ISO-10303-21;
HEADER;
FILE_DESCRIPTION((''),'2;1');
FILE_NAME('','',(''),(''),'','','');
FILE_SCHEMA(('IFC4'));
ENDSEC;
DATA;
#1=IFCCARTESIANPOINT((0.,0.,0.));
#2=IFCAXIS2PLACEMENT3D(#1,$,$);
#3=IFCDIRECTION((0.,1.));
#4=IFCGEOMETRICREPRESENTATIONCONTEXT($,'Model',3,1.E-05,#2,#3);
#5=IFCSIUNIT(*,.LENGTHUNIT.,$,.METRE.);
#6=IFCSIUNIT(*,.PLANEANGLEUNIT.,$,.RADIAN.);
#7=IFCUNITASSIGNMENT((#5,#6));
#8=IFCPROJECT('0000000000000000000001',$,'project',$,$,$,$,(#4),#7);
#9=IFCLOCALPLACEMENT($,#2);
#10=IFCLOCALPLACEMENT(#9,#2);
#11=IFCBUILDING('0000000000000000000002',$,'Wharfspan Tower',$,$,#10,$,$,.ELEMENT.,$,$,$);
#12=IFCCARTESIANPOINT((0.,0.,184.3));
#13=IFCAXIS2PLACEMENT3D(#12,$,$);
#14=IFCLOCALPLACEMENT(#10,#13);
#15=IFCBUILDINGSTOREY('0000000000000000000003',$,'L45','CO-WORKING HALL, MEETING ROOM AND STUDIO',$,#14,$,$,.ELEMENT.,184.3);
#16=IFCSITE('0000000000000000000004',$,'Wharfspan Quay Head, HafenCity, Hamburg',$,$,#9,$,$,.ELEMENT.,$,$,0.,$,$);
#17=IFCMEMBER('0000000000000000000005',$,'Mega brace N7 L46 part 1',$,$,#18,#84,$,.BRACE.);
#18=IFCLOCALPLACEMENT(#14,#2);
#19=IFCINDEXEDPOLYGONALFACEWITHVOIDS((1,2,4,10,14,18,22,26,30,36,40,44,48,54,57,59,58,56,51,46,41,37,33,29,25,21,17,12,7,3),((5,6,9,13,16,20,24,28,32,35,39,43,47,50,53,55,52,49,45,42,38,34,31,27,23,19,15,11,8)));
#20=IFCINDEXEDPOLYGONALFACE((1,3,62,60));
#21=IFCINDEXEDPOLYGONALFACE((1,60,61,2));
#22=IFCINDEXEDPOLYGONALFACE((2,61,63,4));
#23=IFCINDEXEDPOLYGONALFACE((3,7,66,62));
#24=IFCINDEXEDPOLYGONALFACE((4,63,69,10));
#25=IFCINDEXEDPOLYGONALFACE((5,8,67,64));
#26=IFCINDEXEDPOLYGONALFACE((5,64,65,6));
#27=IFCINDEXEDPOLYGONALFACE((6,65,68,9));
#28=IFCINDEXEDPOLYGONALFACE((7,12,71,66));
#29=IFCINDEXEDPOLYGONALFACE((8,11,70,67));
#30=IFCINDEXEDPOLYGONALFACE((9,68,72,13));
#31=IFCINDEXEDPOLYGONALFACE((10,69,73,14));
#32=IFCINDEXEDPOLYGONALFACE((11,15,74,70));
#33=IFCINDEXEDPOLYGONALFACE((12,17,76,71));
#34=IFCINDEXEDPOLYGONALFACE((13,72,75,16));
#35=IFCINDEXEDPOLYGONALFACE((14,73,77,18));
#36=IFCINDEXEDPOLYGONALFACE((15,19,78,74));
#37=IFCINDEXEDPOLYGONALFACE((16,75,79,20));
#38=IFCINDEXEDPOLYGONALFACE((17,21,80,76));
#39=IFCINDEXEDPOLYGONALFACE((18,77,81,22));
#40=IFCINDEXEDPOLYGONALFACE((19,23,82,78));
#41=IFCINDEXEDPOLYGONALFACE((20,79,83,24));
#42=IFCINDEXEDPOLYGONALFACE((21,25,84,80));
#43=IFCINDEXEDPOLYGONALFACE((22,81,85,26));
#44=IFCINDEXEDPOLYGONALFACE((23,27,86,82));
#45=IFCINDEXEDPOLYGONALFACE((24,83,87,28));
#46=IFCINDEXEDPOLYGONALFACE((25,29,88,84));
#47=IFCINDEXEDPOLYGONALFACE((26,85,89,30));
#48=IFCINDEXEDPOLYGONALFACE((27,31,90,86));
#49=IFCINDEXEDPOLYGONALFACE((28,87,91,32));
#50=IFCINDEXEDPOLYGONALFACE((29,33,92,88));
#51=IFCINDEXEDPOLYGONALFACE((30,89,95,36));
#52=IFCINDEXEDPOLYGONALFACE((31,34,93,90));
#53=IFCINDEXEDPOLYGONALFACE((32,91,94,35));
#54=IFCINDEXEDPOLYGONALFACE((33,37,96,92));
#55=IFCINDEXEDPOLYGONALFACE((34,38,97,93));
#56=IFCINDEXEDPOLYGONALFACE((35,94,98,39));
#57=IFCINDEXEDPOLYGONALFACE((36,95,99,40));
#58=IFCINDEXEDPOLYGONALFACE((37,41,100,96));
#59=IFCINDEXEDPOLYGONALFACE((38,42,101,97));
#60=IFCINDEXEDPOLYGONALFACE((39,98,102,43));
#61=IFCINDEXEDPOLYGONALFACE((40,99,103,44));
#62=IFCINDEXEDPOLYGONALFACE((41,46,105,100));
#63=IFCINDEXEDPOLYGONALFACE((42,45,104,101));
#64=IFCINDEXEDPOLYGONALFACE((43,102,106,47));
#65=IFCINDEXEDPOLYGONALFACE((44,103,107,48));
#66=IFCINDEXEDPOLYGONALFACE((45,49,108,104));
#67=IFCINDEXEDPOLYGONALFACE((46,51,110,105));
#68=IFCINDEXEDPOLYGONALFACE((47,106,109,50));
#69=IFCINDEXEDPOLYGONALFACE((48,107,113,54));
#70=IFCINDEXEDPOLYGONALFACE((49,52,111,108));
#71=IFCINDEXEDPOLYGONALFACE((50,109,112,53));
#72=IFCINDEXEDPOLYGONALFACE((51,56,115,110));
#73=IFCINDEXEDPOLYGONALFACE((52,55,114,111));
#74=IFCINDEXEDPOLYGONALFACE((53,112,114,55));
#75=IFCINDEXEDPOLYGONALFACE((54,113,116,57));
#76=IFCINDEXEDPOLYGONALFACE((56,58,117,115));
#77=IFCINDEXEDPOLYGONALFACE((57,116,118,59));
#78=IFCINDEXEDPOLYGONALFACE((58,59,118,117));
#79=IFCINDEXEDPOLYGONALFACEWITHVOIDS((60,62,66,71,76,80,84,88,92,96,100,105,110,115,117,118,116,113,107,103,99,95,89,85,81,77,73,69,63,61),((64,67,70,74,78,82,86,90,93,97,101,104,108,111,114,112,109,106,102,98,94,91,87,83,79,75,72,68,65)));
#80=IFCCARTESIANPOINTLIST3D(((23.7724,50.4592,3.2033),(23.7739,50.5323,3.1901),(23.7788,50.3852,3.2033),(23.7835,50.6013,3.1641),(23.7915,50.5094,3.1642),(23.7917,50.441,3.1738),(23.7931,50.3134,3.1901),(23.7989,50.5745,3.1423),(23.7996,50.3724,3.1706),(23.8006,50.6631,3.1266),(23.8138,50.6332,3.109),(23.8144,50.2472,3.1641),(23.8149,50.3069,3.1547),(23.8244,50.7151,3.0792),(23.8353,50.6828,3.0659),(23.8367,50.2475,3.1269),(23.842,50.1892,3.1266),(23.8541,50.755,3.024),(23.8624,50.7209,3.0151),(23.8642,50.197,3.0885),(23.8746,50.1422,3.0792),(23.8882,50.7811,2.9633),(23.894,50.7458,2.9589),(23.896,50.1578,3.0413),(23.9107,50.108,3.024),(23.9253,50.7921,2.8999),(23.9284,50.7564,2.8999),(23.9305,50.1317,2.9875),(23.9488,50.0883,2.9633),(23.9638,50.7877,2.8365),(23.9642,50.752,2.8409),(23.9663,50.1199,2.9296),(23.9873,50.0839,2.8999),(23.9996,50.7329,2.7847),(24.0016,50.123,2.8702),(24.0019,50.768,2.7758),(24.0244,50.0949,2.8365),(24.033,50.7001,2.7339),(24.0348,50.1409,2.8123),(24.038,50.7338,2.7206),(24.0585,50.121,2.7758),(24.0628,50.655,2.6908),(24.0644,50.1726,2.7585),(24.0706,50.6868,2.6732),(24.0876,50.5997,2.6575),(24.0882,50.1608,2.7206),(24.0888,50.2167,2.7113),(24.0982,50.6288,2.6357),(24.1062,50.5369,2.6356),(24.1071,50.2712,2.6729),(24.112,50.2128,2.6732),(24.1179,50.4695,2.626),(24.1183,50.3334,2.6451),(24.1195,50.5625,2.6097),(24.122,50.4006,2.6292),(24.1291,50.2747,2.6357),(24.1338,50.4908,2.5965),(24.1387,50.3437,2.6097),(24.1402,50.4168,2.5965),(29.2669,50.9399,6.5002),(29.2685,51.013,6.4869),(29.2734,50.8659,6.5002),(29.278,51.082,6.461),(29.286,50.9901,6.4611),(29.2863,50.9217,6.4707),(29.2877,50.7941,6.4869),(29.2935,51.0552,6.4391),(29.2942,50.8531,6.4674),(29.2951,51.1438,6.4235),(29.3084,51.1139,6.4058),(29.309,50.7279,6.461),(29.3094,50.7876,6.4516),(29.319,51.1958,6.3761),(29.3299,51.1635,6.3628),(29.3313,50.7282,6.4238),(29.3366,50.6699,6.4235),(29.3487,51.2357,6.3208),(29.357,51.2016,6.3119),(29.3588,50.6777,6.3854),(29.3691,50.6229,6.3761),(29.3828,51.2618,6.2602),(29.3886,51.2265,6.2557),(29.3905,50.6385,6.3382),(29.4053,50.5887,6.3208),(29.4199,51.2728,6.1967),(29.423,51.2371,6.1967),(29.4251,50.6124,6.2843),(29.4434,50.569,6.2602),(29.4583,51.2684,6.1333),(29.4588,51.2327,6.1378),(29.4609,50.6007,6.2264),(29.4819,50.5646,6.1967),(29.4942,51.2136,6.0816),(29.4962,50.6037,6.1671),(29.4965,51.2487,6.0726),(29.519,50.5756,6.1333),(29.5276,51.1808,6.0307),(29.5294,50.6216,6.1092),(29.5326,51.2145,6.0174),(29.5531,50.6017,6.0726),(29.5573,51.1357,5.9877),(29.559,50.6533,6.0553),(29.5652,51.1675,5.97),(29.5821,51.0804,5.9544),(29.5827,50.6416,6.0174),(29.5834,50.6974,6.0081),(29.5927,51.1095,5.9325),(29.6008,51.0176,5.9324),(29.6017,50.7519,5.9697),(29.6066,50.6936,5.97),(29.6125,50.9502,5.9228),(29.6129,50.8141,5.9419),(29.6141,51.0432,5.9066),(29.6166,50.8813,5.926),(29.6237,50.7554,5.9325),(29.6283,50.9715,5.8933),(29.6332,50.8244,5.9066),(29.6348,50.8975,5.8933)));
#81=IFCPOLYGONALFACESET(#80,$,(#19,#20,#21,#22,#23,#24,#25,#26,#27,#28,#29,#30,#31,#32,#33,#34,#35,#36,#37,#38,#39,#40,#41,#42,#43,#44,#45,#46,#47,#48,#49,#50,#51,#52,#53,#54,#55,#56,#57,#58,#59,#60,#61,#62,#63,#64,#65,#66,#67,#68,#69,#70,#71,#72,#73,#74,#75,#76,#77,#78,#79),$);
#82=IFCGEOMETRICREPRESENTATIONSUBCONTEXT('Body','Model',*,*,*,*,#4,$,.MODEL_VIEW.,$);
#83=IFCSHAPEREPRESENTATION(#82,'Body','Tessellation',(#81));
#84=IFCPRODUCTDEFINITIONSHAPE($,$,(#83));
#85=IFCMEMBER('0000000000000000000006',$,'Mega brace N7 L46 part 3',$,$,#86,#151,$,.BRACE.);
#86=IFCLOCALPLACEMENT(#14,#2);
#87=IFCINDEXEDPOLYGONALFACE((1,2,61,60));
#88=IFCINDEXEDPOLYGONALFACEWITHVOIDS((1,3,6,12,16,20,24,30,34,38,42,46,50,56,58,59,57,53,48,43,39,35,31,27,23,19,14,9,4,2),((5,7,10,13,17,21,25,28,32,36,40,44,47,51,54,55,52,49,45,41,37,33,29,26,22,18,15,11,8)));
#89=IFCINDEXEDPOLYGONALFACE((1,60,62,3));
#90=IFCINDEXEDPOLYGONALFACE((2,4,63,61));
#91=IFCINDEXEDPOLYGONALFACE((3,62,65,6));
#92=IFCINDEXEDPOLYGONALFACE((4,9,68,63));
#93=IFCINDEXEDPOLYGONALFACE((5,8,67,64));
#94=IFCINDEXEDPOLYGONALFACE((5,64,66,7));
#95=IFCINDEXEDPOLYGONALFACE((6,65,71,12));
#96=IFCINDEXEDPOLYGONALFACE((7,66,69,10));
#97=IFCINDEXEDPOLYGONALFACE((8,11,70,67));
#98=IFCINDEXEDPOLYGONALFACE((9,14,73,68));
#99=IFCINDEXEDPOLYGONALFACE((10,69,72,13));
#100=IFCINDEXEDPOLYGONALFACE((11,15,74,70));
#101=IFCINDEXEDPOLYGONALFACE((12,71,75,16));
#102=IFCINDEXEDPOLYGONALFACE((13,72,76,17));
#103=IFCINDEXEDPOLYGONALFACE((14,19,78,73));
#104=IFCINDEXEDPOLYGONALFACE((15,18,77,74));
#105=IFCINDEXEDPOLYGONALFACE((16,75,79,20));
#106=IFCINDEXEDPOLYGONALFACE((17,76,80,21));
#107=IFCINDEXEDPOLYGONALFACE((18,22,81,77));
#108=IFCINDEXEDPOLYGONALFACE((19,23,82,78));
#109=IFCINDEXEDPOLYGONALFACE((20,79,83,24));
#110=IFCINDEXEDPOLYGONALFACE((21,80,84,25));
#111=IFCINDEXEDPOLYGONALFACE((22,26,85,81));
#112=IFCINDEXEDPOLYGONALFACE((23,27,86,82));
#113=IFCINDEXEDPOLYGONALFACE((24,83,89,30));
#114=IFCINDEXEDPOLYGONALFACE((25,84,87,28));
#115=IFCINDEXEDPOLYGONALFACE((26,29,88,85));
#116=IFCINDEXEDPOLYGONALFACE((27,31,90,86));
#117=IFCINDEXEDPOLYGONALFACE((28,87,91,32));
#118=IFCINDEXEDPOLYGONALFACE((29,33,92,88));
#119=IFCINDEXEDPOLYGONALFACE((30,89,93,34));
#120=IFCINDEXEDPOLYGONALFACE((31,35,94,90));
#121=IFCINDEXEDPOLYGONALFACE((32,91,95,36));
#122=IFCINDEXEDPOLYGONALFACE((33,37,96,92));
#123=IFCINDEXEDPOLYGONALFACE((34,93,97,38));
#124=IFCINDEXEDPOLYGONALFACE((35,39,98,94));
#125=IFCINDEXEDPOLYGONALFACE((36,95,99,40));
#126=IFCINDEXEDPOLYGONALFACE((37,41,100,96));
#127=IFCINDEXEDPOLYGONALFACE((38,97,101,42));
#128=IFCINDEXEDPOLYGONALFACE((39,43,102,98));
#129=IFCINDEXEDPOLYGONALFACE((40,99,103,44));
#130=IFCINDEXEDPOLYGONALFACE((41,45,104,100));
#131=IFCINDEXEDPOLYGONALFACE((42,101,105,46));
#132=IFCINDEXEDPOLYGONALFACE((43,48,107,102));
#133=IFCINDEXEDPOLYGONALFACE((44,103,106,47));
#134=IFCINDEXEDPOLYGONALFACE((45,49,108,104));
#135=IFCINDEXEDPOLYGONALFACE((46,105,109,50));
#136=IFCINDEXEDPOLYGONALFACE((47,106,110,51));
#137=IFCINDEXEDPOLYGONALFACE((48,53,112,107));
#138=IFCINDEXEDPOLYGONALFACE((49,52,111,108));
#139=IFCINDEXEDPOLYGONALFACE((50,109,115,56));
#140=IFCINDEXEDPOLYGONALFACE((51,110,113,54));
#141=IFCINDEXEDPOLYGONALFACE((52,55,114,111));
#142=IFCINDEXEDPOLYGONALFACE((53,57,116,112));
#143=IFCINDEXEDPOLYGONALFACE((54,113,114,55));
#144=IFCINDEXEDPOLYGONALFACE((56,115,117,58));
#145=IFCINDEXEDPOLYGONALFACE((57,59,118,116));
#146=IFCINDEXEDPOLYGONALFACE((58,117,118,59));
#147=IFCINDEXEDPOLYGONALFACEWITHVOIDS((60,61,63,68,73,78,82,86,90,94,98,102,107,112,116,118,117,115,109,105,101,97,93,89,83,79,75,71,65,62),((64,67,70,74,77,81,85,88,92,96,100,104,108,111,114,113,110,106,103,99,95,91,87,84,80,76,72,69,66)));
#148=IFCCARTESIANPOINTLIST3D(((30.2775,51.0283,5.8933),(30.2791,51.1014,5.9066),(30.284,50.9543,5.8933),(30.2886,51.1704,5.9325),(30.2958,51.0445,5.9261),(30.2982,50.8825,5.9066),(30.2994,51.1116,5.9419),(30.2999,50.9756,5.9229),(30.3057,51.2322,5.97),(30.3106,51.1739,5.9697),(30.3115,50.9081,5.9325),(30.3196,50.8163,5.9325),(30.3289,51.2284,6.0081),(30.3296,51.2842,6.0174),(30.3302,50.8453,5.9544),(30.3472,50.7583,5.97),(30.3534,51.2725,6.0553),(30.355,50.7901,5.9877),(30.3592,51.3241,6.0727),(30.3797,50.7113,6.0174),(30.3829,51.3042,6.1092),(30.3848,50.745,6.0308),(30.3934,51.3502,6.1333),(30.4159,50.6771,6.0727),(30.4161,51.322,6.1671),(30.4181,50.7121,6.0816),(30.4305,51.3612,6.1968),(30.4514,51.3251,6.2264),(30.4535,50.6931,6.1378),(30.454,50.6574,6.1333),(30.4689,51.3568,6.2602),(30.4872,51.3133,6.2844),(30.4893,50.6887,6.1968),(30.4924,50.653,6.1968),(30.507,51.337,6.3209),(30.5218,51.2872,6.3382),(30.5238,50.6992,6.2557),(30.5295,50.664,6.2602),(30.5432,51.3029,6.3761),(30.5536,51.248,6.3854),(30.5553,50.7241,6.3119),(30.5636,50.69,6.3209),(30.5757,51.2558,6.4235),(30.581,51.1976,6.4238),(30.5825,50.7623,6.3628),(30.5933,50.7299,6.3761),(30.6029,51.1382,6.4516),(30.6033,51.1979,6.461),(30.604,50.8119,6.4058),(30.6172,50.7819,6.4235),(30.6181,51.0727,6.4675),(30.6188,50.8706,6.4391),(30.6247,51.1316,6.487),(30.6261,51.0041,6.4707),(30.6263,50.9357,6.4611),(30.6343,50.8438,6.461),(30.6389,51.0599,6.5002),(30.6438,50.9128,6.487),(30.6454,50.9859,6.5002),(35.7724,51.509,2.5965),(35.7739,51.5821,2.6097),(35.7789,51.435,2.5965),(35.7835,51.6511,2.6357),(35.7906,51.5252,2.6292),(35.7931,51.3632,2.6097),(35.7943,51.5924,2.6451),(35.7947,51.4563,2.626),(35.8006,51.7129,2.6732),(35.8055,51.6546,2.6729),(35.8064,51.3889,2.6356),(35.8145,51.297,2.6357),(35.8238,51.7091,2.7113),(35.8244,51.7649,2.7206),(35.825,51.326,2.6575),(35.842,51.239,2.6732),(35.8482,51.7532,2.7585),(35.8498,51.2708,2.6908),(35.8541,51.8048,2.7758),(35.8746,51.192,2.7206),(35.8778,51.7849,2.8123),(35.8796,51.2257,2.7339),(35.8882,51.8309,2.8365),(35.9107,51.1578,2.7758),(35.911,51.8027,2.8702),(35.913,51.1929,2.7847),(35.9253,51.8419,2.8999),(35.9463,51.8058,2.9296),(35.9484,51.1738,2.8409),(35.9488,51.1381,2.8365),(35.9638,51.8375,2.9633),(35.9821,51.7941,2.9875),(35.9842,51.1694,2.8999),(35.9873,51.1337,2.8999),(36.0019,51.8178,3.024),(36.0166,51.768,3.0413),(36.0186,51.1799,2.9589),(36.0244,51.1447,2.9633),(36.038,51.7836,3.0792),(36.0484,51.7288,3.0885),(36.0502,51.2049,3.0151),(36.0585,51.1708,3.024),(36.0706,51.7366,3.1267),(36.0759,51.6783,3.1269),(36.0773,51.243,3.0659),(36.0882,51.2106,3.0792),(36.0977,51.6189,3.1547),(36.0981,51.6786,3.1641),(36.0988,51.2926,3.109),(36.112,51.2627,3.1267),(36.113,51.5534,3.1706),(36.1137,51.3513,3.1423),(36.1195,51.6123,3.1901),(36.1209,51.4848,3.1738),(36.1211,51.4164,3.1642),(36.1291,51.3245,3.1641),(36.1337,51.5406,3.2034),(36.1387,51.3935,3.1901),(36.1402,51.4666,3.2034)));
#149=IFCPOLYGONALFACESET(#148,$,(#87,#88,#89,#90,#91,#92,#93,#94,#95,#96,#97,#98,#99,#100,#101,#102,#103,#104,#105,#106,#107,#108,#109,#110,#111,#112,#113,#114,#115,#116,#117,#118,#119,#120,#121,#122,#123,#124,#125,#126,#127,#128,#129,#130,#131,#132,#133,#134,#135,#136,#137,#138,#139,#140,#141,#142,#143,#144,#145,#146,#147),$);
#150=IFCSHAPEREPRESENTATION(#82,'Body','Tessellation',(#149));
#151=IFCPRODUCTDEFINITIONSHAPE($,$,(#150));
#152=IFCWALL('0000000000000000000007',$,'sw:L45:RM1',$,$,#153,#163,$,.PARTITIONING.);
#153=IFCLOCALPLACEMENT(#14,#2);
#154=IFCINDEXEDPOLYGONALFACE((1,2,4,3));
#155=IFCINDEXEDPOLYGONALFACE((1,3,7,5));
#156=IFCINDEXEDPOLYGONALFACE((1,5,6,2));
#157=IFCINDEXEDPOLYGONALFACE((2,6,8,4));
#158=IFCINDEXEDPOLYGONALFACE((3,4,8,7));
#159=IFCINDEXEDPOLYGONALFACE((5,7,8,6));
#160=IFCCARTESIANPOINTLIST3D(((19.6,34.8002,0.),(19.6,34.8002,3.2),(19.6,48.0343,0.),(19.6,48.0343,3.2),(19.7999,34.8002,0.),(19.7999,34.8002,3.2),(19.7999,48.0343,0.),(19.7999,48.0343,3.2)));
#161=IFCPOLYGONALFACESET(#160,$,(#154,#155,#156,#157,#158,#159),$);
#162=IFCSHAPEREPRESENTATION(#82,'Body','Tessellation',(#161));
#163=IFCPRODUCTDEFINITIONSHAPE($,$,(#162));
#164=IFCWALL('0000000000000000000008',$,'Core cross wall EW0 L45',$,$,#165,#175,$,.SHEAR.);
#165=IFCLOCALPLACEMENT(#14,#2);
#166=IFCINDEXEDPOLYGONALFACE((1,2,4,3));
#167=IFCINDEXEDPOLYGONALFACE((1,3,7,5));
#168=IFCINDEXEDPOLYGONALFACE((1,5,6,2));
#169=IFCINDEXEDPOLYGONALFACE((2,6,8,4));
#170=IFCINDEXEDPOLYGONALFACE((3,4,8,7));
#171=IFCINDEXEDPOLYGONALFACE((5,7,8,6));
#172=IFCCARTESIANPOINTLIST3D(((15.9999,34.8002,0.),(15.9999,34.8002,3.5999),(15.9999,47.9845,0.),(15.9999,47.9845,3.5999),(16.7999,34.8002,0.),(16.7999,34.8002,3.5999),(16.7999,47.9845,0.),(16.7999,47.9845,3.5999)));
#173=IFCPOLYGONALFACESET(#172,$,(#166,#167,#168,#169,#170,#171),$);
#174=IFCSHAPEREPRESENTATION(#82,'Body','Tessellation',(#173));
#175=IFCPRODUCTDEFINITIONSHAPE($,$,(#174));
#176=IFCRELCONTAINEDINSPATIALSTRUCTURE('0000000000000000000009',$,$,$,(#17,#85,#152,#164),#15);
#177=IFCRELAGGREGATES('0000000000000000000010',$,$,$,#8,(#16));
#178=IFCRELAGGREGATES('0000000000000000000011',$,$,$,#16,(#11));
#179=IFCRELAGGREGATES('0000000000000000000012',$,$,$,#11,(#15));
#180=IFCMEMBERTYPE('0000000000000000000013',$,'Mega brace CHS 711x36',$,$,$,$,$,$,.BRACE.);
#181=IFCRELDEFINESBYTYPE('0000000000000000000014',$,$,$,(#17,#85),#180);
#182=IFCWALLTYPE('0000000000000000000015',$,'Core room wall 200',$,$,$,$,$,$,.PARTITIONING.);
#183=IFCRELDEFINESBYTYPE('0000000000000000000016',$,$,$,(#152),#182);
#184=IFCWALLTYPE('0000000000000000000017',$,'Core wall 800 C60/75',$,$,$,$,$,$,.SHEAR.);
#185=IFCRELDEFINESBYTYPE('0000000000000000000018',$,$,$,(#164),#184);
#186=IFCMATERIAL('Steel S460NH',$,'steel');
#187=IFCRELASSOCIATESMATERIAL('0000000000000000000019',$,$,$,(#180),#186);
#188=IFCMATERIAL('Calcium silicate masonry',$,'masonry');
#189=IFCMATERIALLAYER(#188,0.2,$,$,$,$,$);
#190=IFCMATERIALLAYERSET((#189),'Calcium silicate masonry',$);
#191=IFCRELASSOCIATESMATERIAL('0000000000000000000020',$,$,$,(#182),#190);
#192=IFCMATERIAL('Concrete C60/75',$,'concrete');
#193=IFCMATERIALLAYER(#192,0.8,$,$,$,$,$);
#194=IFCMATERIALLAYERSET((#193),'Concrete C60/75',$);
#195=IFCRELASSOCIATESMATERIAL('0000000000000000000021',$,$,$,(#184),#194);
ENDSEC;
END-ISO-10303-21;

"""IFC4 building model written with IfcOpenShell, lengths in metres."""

from ifc_helpers import new_model, si_unit, direction, frame, frame_2d, origin, origin_2d, place, context, subcontext, project, spatial, rectangle, hollow_circle, extrude, material, layer, layer_set, material_profile, profile_set, type_object, element, save


model = new_model("IFC4")

# Units and contexts
model_context = context("Model", 3, precision=1e-05, world=origin(), true_north=direction((0.0, 1.0)))
body_context = subcontext(model_context, "Body", "Model", "MODEL_VIEW")
ifc_project = project(units=[si_unit("LENGTHUNIT", "METRE"), si_unit("PLANEANGLEUNIT", "RADIAN")], contexts=[model_context])

# Site, building, storey
site_placement = place(None, origin())
site = spatial("IfcSite", under=ifc_project, at=site_placement, Name="Wharfspan Quay Head, HafenCity, Hamburg", CompositionType="ELEMENT", RefElevation=0.0)
building_placement = place(site_placement, origin())
building = spatial("IfcBuilding", under=site, at=building_placement, Name="Wharfspan Tower", CompositionType="ELEMENT")
storey_placement = place(building_placement, frame((0.0, 0.0, 184.3)))
storey = spatial("IfcBuildingStorey", under=building, at=storey_placement, Name="L45", Description="CO-WORKING HALL, MEETING ROOM AND STUDIO", CompositionType="ELEMENT", Elevation=184.3)

# Members
ifc_material_1 = material(Name="Steel S460NH", Category="steel")
ifc_material_profile_1 = material_profile(ifc_material_1, hollow_circle(Radius=0.3555, WallThickness=0.0359, at=origin_2d()))
ifc_profile_set_1 = profile_set([ifc_material_profile_1], Name="Steel S460NH")
member_type = type_object("IfcMemberType", Name="Mega brace CHS 711x36", PredefinedType="BRACE", material=ifc_profile_set_1)
member_1_placement = place(storey_placement, frame((23.9563, 50.438, 2.8999), z_axis=(0.855083, 0.074809, 0.513065), x_axis=(-0.087154, 0.996196, -0.000001)))
element("IfcMember", 1, at=member_1_placement, inside=storey, type_object=member_type, Name="Mega brace N7 L46 part 1", PredefinedType="BRACE", context=body_context, shape_type="SweptSolid", body=[
    extrude(hollow_circle(Radius=0.3555, WallThickness=0.0359, at=origin_2d()), origin(), (0.0, 0.0, 1.0), 6.4258),
])
member_2_placement = place(storey_placement, frame((35.9563, 51.4878, 2.8999), z_axis=(-0.855094, -0.074807, 0.513049), x_axis=(0.087152, -0.996192, 0.000002)))
element("IfcMember", 2, at=member_2_placement, inside=storey, type_object=member_type, Name="Mega brace N7 L46 part 3", PredefinedType="BRACE", context=body_context, shape_type="SweptSolid", body=[
    extrude(hollow_circle(Radius=0.3555, WallThickness=0.0359, at=origin_2d()), origin(), (0.0, 0.0, 1.0), 6.426),
])

# Walls
ifc_material_2 = material(Name="Calcium silicate masonry", Category="masonry")
ifc_layer_1 = layer(ifc_material_2, 0.2)
ifc_layer_set_1 = layer_set([ifc_layer_1], Name="Calcium silicate masonry")
wall_type_1 = type_object("IfcWallType", Name="Core room wall 200", PredefinedType="PARTITIONING", material=ifc_layer_set_1)
wall_1_placement = place(storey_placement, frame((19.7, 34.8, 0.0), z_axis=(0.0, 0.0, 1.0), x_axis=(0.0, 1.0, 0.0)))
element("IfcWall", 3, at=wall_1_placement, inside=storey, type_object=wall_type_1, Name="sw:L45:RM1", PredefinedType="PARTITIONING", context=body_context, shape_type="SweptSolid", body=[
    extrude(rectangle(XDim=13.2341, YDim=0.2, at=frame_2d((6.6172, 0.0))), origin(), (0.0, 0.0, 1.0), 3.2),
])
ifc_material_3 = material(Name="Concrete C60/75", Category="concrete")
ifc_layer_2 = layer(ifc_material_3, 0.8)
ifc_layer_set_2 = layer_set([ifc_layer_2], Name="Concrete C60/75")
wall_type_2 = type_object("IfcWallType", Name="Core wall 800 C60/75", PredefinedType="SHEAR", material=ifc_layer_set_2)
wall_2_placement = place(storey_placement, frame((16.3999, 34.8, 0.0), z_axis=(0.0, 0.0, 1.0), x_axis=(0.0, 1.0, 0.0)))
element("IfcWall", 4, at=wall_2_placement, inside=storey, type_object=wall_type_2, Name="Core cross wall EW0 L45", PredefinedType="SHEAR", context=body_context, shape_type="SweptSolid", body=[
    extrude(rectangle(XDim=13.1843, YDim=0.8, at=frame_2d((6.5923, 0.0))), origin(), (0.0, 0.0, 1.0), 3.5999),
])

save(model, "model.ifc")
